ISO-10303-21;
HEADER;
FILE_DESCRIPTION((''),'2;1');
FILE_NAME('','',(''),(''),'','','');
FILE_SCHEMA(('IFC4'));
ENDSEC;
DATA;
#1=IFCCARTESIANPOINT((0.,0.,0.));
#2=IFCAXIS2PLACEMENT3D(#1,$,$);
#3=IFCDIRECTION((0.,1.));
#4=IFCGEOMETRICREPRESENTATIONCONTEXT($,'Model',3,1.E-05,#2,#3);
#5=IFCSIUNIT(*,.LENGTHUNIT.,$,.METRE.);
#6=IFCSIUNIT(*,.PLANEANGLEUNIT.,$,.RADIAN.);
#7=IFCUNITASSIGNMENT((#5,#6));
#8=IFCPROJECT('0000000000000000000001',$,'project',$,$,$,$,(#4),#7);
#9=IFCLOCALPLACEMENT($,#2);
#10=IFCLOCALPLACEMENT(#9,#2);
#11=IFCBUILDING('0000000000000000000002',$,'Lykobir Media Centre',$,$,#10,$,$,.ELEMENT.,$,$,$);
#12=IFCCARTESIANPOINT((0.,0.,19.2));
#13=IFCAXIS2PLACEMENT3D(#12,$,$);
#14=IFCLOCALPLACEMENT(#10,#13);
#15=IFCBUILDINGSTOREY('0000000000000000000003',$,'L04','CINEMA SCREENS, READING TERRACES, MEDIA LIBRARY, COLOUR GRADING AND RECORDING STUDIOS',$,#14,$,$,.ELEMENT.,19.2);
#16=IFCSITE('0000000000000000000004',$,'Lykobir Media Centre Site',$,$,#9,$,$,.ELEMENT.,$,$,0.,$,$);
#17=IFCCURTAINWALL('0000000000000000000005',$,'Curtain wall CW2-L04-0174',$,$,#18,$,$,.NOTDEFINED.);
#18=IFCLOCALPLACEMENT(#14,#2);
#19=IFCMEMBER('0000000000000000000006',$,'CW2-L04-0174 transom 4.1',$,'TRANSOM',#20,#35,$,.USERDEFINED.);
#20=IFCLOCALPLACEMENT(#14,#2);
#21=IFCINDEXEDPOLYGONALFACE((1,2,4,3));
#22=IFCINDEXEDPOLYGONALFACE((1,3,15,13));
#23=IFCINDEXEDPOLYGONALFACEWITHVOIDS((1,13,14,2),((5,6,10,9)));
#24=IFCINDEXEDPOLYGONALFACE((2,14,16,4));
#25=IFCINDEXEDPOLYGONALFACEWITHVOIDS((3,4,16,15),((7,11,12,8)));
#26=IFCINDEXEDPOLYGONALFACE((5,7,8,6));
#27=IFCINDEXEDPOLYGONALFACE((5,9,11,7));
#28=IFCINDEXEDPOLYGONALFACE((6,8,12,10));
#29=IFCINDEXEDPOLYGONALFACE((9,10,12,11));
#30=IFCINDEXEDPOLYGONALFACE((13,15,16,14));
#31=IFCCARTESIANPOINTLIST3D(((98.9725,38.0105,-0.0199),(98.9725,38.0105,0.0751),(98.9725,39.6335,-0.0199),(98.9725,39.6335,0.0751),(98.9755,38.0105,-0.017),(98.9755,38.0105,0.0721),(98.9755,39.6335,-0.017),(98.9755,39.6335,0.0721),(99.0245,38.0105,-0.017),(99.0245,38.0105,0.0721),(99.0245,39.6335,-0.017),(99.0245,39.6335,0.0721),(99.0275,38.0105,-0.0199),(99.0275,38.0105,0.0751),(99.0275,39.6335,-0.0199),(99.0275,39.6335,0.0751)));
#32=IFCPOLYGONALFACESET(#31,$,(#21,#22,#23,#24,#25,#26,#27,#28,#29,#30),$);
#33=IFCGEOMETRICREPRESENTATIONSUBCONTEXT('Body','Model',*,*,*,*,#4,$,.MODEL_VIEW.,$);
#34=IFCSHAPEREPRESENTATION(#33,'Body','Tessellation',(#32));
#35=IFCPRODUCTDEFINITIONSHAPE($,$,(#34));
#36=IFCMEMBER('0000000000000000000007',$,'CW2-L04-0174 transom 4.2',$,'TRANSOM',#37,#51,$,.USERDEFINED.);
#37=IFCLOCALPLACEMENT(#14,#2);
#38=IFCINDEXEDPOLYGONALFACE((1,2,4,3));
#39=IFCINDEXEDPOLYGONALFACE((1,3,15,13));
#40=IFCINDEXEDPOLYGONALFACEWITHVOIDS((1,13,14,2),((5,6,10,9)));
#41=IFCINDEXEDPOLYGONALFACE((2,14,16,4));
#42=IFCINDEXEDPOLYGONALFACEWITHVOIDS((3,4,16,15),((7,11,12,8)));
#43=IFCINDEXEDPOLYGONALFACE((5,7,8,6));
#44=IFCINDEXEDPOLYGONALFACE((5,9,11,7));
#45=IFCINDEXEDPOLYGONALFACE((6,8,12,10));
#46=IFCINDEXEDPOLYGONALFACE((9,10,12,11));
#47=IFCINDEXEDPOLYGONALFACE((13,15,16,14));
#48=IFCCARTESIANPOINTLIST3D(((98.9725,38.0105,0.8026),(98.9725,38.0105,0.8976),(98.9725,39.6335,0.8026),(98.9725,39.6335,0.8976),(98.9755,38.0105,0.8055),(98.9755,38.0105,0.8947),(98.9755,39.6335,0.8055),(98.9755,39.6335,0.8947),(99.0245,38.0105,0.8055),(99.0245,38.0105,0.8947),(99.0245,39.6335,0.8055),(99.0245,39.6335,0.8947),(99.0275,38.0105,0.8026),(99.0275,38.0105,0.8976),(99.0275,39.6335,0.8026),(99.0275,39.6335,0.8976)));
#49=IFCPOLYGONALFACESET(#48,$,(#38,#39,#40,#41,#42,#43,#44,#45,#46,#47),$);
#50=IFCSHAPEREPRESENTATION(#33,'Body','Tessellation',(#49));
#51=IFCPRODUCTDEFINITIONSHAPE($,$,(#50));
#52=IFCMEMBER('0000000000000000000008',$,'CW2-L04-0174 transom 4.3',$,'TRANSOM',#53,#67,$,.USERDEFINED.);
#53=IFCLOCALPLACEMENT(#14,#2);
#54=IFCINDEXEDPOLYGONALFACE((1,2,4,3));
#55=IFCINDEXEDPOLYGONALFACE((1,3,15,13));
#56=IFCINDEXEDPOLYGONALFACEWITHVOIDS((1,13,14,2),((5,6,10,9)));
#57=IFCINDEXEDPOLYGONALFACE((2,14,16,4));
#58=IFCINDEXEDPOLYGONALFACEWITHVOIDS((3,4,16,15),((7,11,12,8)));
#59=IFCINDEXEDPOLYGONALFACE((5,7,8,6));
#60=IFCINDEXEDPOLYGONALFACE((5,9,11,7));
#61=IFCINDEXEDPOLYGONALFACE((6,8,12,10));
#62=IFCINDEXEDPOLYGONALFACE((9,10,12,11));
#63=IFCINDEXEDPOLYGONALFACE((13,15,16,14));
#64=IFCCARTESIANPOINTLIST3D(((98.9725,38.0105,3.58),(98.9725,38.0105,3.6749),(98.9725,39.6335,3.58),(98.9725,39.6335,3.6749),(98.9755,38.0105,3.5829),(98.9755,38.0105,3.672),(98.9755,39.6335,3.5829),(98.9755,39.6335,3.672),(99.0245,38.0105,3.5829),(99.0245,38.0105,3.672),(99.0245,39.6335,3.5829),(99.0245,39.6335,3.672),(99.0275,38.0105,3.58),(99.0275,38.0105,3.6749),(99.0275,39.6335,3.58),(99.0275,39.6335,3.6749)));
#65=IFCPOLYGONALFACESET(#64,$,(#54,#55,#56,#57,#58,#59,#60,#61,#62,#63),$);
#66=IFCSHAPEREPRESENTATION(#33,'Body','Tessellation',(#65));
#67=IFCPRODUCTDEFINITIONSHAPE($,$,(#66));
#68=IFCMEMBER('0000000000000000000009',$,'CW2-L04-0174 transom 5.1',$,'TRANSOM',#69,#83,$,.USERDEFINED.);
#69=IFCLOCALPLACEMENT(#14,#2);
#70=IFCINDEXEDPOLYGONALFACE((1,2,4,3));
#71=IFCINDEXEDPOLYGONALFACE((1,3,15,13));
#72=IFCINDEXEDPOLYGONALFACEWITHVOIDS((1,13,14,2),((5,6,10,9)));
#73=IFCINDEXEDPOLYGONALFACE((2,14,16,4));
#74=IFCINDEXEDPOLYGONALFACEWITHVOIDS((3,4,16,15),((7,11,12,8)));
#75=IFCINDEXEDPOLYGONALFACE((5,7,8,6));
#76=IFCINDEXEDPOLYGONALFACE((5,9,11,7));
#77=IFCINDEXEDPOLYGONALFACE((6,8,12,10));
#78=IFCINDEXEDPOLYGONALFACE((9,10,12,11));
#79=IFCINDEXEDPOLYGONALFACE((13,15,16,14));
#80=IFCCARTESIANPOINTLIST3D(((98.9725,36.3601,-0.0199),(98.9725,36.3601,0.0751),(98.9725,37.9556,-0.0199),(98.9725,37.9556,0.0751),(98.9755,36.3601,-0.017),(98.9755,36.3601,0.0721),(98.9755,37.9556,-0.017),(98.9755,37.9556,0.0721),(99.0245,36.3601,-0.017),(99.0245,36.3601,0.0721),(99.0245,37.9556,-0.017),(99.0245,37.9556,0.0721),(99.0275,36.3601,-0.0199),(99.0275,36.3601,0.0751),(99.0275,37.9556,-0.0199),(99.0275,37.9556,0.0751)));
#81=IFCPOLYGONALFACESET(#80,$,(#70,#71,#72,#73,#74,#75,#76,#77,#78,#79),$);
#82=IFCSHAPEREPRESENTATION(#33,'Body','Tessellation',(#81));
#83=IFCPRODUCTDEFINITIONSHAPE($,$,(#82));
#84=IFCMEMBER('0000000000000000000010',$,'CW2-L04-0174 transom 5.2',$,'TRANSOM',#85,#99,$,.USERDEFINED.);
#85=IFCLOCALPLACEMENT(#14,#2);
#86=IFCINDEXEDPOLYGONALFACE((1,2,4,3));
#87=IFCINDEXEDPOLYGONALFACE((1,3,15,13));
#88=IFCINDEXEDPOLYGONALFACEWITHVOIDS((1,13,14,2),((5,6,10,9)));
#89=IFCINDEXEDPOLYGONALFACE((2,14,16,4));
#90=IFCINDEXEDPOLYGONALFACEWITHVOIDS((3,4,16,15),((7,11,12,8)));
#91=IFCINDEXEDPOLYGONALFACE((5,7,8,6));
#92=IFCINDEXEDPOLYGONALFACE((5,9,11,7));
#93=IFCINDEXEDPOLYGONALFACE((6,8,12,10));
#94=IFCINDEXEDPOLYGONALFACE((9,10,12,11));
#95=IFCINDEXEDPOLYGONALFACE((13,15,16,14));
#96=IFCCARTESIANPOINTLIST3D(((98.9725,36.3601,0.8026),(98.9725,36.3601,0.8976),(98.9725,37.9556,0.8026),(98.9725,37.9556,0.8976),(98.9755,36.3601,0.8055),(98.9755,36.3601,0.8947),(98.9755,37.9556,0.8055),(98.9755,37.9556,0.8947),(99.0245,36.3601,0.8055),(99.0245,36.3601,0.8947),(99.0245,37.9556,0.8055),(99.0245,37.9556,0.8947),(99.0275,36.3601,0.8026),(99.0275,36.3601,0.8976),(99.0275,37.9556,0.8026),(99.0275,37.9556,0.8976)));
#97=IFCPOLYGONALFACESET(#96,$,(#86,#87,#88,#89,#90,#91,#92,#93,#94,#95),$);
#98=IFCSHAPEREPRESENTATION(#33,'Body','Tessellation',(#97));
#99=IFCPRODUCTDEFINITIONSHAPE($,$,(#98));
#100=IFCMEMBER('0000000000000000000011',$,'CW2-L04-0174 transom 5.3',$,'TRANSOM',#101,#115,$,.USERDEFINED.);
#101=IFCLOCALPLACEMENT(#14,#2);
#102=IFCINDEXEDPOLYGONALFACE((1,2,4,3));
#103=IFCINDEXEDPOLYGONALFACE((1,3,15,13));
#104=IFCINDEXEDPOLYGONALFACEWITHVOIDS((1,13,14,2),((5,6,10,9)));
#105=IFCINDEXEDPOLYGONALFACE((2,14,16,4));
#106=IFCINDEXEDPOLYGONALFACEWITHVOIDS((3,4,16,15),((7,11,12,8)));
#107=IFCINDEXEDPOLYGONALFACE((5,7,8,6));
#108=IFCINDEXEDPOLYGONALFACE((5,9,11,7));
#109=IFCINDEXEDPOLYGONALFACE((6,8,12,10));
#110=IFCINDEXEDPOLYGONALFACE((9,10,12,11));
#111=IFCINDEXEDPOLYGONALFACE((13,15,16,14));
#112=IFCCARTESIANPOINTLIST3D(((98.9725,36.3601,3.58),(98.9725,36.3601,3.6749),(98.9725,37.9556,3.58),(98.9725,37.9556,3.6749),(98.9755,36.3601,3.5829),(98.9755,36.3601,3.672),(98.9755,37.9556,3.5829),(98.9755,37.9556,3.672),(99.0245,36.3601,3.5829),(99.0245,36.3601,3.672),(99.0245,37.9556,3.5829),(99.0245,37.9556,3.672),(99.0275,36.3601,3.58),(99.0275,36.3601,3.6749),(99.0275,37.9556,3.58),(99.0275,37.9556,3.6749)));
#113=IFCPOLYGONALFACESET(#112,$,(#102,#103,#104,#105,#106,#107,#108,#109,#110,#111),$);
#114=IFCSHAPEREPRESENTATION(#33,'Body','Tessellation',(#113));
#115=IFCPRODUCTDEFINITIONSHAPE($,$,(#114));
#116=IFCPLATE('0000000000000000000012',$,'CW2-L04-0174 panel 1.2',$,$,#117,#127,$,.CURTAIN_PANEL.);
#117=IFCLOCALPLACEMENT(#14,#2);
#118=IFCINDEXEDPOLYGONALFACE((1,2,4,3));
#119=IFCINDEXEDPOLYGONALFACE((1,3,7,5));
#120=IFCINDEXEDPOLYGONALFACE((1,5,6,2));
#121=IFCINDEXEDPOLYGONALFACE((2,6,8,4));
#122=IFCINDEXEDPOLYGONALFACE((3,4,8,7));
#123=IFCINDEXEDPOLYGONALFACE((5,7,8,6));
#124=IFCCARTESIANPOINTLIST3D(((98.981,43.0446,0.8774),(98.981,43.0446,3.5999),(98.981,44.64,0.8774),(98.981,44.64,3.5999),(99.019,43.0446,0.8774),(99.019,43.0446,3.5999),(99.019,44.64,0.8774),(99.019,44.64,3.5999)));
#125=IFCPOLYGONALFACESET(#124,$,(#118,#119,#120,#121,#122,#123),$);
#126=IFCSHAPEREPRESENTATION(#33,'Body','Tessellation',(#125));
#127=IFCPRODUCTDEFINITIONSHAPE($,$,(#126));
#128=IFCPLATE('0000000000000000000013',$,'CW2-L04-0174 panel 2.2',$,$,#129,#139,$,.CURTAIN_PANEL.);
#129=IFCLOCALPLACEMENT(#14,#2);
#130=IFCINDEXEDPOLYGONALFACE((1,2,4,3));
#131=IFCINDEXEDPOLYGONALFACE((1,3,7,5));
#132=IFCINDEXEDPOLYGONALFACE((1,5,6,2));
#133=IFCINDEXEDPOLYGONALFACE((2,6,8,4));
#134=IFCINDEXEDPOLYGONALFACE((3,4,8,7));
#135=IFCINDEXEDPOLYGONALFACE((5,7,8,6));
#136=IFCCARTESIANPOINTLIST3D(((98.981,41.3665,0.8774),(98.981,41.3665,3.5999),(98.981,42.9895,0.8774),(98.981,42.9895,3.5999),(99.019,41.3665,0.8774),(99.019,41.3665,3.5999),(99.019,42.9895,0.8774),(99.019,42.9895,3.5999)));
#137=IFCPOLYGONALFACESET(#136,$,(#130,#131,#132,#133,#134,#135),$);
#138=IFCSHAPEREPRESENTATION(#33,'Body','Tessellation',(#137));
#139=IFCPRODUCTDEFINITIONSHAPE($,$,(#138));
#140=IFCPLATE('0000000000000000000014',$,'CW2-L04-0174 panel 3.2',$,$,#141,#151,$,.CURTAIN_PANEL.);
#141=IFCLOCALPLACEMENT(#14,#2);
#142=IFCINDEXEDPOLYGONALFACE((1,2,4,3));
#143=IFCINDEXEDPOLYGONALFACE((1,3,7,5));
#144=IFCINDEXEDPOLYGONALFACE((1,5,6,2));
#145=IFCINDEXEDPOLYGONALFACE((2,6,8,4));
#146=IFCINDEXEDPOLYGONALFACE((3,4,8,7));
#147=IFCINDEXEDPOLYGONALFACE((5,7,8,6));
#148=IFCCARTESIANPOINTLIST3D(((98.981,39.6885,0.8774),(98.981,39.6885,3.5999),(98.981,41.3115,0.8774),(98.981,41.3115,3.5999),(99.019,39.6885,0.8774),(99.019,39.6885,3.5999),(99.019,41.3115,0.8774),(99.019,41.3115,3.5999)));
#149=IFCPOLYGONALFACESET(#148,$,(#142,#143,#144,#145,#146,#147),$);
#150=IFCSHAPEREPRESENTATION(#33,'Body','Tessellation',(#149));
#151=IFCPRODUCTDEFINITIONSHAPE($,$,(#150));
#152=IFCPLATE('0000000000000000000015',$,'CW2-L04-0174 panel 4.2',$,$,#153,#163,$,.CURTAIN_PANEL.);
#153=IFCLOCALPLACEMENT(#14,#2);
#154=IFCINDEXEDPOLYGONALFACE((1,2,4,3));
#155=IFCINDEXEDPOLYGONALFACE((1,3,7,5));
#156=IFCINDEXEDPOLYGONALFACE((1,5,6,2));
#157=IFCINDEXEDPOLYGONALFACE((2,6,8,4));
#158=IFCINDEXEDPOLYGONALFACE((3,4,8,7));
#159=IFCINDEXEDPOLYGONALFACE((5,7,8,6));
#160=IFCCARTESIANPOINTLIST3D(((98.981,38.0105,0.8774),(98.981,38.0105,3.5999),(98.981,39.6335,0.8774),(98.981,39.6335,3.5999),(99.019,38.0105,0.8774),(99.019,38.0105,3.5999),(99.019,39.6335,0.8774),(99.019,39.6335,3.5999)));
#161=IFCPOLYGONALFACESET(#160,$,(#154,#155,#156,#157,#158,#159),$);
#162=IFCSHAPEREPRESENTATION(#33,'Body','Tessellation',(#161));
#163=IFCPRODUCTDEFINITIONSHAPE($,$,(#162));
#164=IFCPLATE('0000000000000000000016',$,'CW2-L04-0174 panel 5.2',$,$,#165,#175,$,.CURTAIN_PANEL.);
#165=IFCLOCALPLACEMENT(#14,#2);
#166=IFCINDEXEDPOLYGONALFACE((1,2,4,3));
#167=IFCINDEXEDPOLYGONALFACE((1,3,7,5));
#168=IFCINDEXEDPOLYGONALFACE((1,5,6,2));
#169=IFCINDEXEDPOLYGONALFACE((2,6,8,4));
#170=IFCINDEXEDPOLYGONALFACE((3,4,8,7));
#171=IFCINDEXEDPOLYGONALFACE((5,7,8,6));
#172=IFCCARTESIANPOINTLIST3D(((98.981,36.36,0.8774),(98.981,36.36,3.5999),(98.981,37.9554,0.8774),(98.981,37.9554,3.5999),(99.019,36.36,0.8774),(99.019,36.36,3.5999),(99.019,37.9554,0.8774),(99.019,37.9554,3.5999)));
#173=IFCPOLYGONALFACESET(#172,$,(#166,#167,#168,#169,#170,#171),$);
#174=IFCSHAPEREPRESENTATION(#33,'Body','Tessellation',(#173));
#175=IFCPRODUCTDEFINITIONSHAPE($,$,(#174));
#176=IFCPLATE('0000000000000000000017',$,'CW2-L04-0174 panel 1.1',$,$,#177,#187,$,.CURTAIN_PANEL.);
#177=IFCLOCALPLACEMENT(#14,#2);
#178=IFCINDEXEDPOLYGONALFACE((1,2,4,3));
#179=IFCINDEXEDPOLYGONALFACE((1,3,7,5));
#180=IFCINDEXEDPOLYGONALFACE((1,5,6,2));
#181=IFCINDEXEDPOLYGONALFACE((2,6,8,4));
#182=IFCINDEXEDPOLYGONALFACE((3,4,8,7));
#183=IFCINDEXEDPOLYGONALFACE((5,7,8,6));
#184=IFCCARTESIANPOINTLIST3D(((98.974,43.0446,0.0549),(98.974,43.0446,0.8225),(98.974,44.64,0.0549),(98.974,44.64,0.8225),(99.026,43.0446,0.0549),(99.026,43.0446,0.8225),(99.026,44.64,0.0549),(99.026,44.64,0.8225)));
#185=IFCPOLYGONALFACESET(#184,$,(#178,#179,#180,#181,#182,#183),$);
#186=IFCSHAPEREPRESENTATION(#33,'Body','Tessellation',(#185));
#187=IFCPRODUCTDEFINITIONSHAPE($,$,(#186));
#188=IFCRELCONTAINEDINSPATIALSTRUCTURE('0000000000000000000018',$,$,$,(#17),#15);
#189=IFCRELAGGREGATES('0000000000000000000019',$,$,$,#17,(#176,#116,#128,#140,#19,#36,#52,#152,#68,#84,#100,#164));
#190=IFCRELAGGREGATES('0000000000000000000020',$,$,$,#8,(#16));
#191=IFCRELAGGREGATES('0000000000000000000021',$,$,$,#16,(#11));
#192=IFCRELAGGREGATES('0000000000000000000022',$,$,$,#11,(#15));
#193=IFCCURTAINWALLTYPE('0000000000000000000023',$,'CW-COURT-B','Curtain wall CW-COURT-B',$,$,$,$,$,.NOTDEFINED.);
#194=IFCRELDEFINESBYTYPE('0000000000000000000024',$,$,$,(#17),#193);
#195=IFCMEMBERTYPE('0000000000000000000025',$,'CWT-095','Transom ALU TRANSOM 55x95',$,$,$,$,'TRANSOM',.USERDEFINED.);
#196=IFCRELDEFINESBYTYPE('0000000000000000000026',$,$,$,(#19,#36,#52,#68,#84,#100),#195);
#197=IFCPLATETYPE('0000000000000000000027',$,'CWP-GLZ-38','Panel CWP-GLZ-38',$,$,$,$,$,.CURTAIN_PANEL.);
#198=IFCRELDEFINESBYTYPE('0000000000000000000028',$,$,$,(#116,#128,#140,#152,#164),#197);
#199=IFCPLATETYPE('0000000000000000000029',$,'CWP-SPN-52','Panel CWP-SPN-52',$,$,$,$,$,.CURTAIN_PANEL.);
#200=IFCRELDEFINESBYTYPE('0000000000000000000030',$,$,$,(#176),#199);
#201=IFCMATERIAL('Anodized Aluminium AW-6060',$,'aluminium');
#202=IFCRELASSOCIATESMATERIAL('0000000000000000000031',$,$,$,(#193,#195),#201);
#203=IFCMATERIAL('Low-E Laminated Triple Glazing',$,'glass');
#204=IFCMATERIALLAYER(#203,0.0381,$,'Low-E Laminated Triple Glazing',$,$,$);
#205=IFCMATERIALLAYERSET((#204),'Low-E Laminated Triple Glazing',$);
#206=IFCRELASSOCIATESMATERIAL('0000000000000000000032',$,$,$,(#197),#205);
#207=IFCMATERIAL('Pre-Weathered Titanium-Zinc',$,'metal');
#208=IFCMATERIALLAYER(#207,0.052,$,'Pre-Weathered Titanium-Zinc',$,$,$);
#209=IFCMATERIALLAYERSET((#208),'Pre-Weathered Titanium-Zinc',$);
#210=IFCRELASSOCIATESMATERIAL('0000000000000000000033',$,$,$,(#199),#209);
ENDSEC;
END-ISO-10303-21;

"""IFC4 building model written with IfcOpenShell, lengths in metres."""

from ifc_helpers import new_model, si_unit, direction, frame, origin, origin_2d, place, context, subcontext, project, spatial, rectangle, hollow_rectangle, extrude, material, layer, layer_set, material_profile, profile_set, type_object, element, aggregate, save


model = new_model("IFC4")

# Units and contexts
model_context = context("Model", 3, precision=1e-05, world=origin(), true_north=direction((0.0, 1.0)))
body_context = subcontext(model_context, "Body", "Model", "MODEL_VIEW")
ifc_project = project(units=[si_unit("LENGTHUNIT", "METRE"), si_unit("PLANEANGLEUNIT", "RADIAN")], contexts=[model_context])

# Site, building, storey
site_placement = place(None, origin())
site = spatial("IfcSite", under=ifc_project, at=site_placement, Name="Lykobir Media Centre Site", CompositionType="ELEMENT", RefElevation=0.0)
building_placement = place(site_placement, origin())
building = spatial("IfcBuilding", under=site, at=building_placement, Name="Lykobir Media Centre", CompositionType="ELEMENT")
storey_placement = place(building_placement, frame((0.0, 0.0, 19.2)))
storey = spatial("IfcBuildingStorey", under=building, at=storey_placement, Name="L04", Description="CINEMA SCREENS, READING TERRACES, MEDIA LIBRARY, COLOUR GRADING AND RECORDING STUDIOS", CompositionType="ELEMENT", Elevation=19.2)

# Shared definitions
ifc_material_1 = material(Name="Anodized Aluminium AW-6060", Category="aluminium")
curtain_wall_type = type_object("IfcCurtainWallType", Name="CW-COURT-B", Description="Curtain wall CW-COURT-B", PredefinedType="NOTDEFINED", material=ifc_material_1)

# Curtain wall
curtain_wall_1_placement = place(storey_placement, origin())
curtain_wall_1 = element("IfcCurtainWall", 1, at=curtain_wall_1_placement, inside=storey, type_object=curtain_wall_type, Name="Curtain wall CW2-L04-0174", PredefinedType="NOTDEFINED")

# Members
ifc_material_profile_1 = material_profile(ifc_material_1, hollow_rectangle(XDim=0.0549, YDim=0.095, WallThickness=0.0029, at=origin_2d()), Name="ALU TRANSOM 55x95")
ifc_profile_set_1 = profile_set([ifc_material_profile_1], Name="Anodized Aluminium AW-6060")
member_type_1 = type_object("IfcMemberType", Name="CWT-095", Description="Transom ALU TRANSOM 55x95", ElementType="TRANSOM", PredefinedType="USERDEFINED", material=ifc_profile_set_1)
member_1_placement = place(storey_placement, frame((99.0, 39.6335, 0.0276), z_axis=(0.0, -1.0, 0.0), x_axis=(1.0, 0.0, 0.0)))
member_1 = element("IfcMember", 2, at=member_1_placement, type_object=member_type_1, Name="CW2-L04-0174 transom 4.1", ObjectType="TRANSOM", PredefinedType="USERDEFINED", context=body_context, shape_type="SweptSolid", body=[
    extrude(hollow_rectangle(XDim=0.0549, YDim=0.095, WallThickness=0.0029, at=origin_2d()), origin(), (0.0, 0.0, 1.0), 1.623),
])
member_2_placement = place(storey_placement, frame((99.0, 39.6335, 0.8501), z_axis=(0.0, -1.0, 0.0), x_axis=(1.0, 0.0, 0.0)))
member_2 = element("IfcMember", 3, at=member_2_placement, type_object=member_type_1, Name="CW2-L04-0174 transom 4.2", ObjectType="TRANSOM", PredefinedType="USERDEFINED", context=body_context, shape_type="SweptSolid", body=[
    extrude(hollow_rectangle(XDim=0.0549, YDim=0.095, WallThickness=0.0029, at=origin_2d()), origin(), (0.0, 0.0, 1.0), 1.623),
])
member_3_placement = place(storey_placement, frame((99.0, 39.6335, 3.6274), z_axis=(0.0, -1.0, 0.0), x_axis=(1.0, 0.0, 0.0)))
member_3 = element("IfcMember", 4, at=member_3_placement, type_object=member_type_1, Name="CW2-L04-0174 transom 4.3", ObjectType="TRANSOM", PredefinedType="USERDEFINED", context=body_context, shape_type="SweptSolid", body=[
    extrude(hollow_rectangle(XDim=0.0549, YDim=0.095, WallThickness=0.0029, at=origin_2d()), origin(), (0.0, 0.0, 1.0), 1.623),
])
member_4_placement = place(storey_placement, frame((99.0, 37.9556, 0.0276), z_axis=(0.0, -1.0, 0.0), x_axis=(1.0, 0.0, 0.0)))
member_4 = element("IfcMember", 5, at=member_4_placement, type_object=member_type_1, Name="CW2-L04-0174 transom 5.1", ObjectType="TRANSOM", PredefinedType="USERDEFINED", context=body_context, shape_type="SweptSolid", body=[
    extrude(hollow_rectangle(XDim=0.0549, YDim=0.095, WallThickness=0.0029, at=origin_2d()), origin(), (0.0, 0.0, 1.0), 1.5955),
])
member_5_placement = place(storey_placement, frame((99.0, 37.9556, 0.8501), z_axis=(0.0, -1.0, 0.0), x_axis=(1.0, 0.0, 0.0)))
member_5 = element("IfcMember", 6, at=member_5_placement, type_object=member_type_1, Name="CW2-L04-0174 transom 5.2", ObjectType="TRANSOM", PredefinedType="USERDEFINED", context=body_context, shape_type="SweptSolid", body=[
    extrude(hollow_rectangle(XDim=0.0549, YDim=0.095, WallThickness=0.0029, at=origin_2d()), origin(), (0.0, 0.0, 1.0), 1.5955),
])
member_6_placement = place(storey_placement, frame((99.0, 37.9556, 3.6274), z_axis=(0.0, -1.0, 0.0), x_axis=(1.0, 0.0, 0.0)))
member_6 = element("IfcMember", 7, at=member_6_placement, type_object=member_type_1, Name="CW2-L04-0174 transom 5.3", ObjectType="TRANSOM", PredefinedType="USERDEFINED", context=body_context, shape_type="SweptSolid", body=[
    extrude(hollow_rectangle(XDim=0.0549, YDim=0.095, WallThickness=0.0029, at=origin_2d()), origin(), (0.0, 0.0, 1.0), 1.5955),
])

# Plates
ifc_material_2 = material(Name="Low-E Laminated Triple Glazing", Category="glass")
ifc_layer_1 = layer(ifc_material_2, 0.0381, Name="Low-E Laminated Triple Glazing")
ifc_layer_set_1 = layer_set([ifc_layer_1], Name="Low-E Laminated Triple Glazing")
plate_type_1 = type_object("IfcPlateType", Name="CWP-GLZ-38", Description="Panel CWP-GLZ-38", PredefinedType="CURTAIN_PANEL", material=ifc_layer_set_1)
plate_1_placement = place(storey_placement, frame((99.0, 43.8423, 0.8774), z_axis=(0.0, 0.0, 1.0), x_axis=(0.0, -1.0, 0.0)))
plate_1 = element("IfcPlate", 8, at=plate_1_placement, type_object=plate_type_1, Name="CW2-L04-0174 panel 1.2", PredefinedType="CURTAIN_PANEL", context=body_context, shape_type="SweptSolid", body=[
    extrude(rectangle(XDim=1.5955, YDim=0.0381, at=origin_2d()), origin(), (0.0, 0.0, 1.0), 2.7224),
])
plate_2_placement = place(storey_placement, frame((99.0, 42.178, 0.8774), z_axis=(0.0, 0.0, 1.0), x_axis=(0.0, -1.0, 0.0)))
plate_2 = element("IfcPlate", 9, at=plate_2_placement, type_object=plate_type_1, Name="CW2-L04-0174 panel 2.2", PredefinedType="CURTAIN_PANEL", context=body_context, shape_type="SweptSolid", body=[
    extrude(rectangle(XDim=1.623, YDim=0.0381, at=origin_2d()), origin(), (0.0, 0.0, 1.0), 2.7224),
])
plate_3_placement = place(storey_placement, frame((99.0, 40.5, 0.8774), z_axis=(0.0, 0.0, 1.0), x_axis=(0.0, -1.0, 0.0)))
plate_3 = element("IfcPlate", 10, at=plate_3_placement, type_object=plate_type_1, Name="CW2-L04-0174 panel 3.2", PredefinedType="CURTAIN_PANEL", context=body_context, shape_type="SweptSolid", body=[
    extrude(rectangle(XDim=1.623, YDim=0.0381, at=origin_2d()), origin(), (0.0, 0.0, 1.0), 2.7224),
])
plate_4_placement = place(storey_placement, frame((99.0, 38.822, 0.8774), z_axis=(0.0, 0.0, 1.0), x_axis=(0.0, -1.0, 0.0)))
plate_4 = element("IfcPlate", 11, at=plate_4_placement, type_object=plate_type_1, Name="CW2-L04-0174 panel 4.2", PredefinedType="CURTAIN_PANEL", context=body_context, shape_type="SweptSolid", body=[
    extrude(rectangle(XDim=1.623, YDim=0.0381, at=origin_2d()), origin(), (0.0, 0.0, 1.0), 2.7224),
])
plate_5_placement = place(storey_placement, frame((99.0, 37.1577, 0.8774), z_axis=(0.0, 0.0, 1.0), x_axis=(0.0, -1.0, 0.0)))
plate_5 = element("IfcPlate", 12, at=plate_5_placement, type_object=plate_type_1, Name="CW2-L04-0174 panel 5.2", PredefinedType="CURTAIN_PANEL", context=body_context, shape_type="SweptSolid", body=[
    extrude(rectangle(XDim=1.5955, YDim=0.0381, at=origin_2d()), origin(), (0.0, 0.0, 1.0), 2.7224),
])
ifc_material_3 = material(Name="Pre-Weathered Titanium-Zinc", Category="metal")
ifc_layer_2 = layer(ifc_material_3, 0.052, Name="Pre-Weathered Titanium-Zinc")
ifc_layer_set_2 = layer_set([ifc_layer_2], Name="Pre-Weathered Titanium-Zinc")
plate_type_2 = type_object("IfcPlateType", Name="CWP-SPN-52", Description="Panel CWP-SPN-52", PredefinedType="CURTAIN_PANEL", material=ifc_layer_set_2)
plate_6_placement = place(storey_placement, frame((99.0, 43.8423, 0.0549), z_axis=(0.0, 0.0, 1.0), x_axis=(0.0, -1.0, 0.0)))
plate_6 = element("IfcPlate", 13, at=plate_6_placement, type_object=plate_type_2, Name="CW2-L04-0174 panel 1.1", PredefinedType="CURTAIN_PANEL", context=body_context, shape_type="SweptSolid", body=[
    extrude(rectangle(XDim=1.5955, YDim=0.052, at=origin_2d()), origin(), (0.0, 0.0, 1.0), 0.7676),
])
aggregate(curtain_wall_1, [plate_6, plate_1, plate_2, plate_3, member_1, member_2, member_3, plate_4, member_4, member_5, member_6, plate_5])

save(model, "model.ifc")
